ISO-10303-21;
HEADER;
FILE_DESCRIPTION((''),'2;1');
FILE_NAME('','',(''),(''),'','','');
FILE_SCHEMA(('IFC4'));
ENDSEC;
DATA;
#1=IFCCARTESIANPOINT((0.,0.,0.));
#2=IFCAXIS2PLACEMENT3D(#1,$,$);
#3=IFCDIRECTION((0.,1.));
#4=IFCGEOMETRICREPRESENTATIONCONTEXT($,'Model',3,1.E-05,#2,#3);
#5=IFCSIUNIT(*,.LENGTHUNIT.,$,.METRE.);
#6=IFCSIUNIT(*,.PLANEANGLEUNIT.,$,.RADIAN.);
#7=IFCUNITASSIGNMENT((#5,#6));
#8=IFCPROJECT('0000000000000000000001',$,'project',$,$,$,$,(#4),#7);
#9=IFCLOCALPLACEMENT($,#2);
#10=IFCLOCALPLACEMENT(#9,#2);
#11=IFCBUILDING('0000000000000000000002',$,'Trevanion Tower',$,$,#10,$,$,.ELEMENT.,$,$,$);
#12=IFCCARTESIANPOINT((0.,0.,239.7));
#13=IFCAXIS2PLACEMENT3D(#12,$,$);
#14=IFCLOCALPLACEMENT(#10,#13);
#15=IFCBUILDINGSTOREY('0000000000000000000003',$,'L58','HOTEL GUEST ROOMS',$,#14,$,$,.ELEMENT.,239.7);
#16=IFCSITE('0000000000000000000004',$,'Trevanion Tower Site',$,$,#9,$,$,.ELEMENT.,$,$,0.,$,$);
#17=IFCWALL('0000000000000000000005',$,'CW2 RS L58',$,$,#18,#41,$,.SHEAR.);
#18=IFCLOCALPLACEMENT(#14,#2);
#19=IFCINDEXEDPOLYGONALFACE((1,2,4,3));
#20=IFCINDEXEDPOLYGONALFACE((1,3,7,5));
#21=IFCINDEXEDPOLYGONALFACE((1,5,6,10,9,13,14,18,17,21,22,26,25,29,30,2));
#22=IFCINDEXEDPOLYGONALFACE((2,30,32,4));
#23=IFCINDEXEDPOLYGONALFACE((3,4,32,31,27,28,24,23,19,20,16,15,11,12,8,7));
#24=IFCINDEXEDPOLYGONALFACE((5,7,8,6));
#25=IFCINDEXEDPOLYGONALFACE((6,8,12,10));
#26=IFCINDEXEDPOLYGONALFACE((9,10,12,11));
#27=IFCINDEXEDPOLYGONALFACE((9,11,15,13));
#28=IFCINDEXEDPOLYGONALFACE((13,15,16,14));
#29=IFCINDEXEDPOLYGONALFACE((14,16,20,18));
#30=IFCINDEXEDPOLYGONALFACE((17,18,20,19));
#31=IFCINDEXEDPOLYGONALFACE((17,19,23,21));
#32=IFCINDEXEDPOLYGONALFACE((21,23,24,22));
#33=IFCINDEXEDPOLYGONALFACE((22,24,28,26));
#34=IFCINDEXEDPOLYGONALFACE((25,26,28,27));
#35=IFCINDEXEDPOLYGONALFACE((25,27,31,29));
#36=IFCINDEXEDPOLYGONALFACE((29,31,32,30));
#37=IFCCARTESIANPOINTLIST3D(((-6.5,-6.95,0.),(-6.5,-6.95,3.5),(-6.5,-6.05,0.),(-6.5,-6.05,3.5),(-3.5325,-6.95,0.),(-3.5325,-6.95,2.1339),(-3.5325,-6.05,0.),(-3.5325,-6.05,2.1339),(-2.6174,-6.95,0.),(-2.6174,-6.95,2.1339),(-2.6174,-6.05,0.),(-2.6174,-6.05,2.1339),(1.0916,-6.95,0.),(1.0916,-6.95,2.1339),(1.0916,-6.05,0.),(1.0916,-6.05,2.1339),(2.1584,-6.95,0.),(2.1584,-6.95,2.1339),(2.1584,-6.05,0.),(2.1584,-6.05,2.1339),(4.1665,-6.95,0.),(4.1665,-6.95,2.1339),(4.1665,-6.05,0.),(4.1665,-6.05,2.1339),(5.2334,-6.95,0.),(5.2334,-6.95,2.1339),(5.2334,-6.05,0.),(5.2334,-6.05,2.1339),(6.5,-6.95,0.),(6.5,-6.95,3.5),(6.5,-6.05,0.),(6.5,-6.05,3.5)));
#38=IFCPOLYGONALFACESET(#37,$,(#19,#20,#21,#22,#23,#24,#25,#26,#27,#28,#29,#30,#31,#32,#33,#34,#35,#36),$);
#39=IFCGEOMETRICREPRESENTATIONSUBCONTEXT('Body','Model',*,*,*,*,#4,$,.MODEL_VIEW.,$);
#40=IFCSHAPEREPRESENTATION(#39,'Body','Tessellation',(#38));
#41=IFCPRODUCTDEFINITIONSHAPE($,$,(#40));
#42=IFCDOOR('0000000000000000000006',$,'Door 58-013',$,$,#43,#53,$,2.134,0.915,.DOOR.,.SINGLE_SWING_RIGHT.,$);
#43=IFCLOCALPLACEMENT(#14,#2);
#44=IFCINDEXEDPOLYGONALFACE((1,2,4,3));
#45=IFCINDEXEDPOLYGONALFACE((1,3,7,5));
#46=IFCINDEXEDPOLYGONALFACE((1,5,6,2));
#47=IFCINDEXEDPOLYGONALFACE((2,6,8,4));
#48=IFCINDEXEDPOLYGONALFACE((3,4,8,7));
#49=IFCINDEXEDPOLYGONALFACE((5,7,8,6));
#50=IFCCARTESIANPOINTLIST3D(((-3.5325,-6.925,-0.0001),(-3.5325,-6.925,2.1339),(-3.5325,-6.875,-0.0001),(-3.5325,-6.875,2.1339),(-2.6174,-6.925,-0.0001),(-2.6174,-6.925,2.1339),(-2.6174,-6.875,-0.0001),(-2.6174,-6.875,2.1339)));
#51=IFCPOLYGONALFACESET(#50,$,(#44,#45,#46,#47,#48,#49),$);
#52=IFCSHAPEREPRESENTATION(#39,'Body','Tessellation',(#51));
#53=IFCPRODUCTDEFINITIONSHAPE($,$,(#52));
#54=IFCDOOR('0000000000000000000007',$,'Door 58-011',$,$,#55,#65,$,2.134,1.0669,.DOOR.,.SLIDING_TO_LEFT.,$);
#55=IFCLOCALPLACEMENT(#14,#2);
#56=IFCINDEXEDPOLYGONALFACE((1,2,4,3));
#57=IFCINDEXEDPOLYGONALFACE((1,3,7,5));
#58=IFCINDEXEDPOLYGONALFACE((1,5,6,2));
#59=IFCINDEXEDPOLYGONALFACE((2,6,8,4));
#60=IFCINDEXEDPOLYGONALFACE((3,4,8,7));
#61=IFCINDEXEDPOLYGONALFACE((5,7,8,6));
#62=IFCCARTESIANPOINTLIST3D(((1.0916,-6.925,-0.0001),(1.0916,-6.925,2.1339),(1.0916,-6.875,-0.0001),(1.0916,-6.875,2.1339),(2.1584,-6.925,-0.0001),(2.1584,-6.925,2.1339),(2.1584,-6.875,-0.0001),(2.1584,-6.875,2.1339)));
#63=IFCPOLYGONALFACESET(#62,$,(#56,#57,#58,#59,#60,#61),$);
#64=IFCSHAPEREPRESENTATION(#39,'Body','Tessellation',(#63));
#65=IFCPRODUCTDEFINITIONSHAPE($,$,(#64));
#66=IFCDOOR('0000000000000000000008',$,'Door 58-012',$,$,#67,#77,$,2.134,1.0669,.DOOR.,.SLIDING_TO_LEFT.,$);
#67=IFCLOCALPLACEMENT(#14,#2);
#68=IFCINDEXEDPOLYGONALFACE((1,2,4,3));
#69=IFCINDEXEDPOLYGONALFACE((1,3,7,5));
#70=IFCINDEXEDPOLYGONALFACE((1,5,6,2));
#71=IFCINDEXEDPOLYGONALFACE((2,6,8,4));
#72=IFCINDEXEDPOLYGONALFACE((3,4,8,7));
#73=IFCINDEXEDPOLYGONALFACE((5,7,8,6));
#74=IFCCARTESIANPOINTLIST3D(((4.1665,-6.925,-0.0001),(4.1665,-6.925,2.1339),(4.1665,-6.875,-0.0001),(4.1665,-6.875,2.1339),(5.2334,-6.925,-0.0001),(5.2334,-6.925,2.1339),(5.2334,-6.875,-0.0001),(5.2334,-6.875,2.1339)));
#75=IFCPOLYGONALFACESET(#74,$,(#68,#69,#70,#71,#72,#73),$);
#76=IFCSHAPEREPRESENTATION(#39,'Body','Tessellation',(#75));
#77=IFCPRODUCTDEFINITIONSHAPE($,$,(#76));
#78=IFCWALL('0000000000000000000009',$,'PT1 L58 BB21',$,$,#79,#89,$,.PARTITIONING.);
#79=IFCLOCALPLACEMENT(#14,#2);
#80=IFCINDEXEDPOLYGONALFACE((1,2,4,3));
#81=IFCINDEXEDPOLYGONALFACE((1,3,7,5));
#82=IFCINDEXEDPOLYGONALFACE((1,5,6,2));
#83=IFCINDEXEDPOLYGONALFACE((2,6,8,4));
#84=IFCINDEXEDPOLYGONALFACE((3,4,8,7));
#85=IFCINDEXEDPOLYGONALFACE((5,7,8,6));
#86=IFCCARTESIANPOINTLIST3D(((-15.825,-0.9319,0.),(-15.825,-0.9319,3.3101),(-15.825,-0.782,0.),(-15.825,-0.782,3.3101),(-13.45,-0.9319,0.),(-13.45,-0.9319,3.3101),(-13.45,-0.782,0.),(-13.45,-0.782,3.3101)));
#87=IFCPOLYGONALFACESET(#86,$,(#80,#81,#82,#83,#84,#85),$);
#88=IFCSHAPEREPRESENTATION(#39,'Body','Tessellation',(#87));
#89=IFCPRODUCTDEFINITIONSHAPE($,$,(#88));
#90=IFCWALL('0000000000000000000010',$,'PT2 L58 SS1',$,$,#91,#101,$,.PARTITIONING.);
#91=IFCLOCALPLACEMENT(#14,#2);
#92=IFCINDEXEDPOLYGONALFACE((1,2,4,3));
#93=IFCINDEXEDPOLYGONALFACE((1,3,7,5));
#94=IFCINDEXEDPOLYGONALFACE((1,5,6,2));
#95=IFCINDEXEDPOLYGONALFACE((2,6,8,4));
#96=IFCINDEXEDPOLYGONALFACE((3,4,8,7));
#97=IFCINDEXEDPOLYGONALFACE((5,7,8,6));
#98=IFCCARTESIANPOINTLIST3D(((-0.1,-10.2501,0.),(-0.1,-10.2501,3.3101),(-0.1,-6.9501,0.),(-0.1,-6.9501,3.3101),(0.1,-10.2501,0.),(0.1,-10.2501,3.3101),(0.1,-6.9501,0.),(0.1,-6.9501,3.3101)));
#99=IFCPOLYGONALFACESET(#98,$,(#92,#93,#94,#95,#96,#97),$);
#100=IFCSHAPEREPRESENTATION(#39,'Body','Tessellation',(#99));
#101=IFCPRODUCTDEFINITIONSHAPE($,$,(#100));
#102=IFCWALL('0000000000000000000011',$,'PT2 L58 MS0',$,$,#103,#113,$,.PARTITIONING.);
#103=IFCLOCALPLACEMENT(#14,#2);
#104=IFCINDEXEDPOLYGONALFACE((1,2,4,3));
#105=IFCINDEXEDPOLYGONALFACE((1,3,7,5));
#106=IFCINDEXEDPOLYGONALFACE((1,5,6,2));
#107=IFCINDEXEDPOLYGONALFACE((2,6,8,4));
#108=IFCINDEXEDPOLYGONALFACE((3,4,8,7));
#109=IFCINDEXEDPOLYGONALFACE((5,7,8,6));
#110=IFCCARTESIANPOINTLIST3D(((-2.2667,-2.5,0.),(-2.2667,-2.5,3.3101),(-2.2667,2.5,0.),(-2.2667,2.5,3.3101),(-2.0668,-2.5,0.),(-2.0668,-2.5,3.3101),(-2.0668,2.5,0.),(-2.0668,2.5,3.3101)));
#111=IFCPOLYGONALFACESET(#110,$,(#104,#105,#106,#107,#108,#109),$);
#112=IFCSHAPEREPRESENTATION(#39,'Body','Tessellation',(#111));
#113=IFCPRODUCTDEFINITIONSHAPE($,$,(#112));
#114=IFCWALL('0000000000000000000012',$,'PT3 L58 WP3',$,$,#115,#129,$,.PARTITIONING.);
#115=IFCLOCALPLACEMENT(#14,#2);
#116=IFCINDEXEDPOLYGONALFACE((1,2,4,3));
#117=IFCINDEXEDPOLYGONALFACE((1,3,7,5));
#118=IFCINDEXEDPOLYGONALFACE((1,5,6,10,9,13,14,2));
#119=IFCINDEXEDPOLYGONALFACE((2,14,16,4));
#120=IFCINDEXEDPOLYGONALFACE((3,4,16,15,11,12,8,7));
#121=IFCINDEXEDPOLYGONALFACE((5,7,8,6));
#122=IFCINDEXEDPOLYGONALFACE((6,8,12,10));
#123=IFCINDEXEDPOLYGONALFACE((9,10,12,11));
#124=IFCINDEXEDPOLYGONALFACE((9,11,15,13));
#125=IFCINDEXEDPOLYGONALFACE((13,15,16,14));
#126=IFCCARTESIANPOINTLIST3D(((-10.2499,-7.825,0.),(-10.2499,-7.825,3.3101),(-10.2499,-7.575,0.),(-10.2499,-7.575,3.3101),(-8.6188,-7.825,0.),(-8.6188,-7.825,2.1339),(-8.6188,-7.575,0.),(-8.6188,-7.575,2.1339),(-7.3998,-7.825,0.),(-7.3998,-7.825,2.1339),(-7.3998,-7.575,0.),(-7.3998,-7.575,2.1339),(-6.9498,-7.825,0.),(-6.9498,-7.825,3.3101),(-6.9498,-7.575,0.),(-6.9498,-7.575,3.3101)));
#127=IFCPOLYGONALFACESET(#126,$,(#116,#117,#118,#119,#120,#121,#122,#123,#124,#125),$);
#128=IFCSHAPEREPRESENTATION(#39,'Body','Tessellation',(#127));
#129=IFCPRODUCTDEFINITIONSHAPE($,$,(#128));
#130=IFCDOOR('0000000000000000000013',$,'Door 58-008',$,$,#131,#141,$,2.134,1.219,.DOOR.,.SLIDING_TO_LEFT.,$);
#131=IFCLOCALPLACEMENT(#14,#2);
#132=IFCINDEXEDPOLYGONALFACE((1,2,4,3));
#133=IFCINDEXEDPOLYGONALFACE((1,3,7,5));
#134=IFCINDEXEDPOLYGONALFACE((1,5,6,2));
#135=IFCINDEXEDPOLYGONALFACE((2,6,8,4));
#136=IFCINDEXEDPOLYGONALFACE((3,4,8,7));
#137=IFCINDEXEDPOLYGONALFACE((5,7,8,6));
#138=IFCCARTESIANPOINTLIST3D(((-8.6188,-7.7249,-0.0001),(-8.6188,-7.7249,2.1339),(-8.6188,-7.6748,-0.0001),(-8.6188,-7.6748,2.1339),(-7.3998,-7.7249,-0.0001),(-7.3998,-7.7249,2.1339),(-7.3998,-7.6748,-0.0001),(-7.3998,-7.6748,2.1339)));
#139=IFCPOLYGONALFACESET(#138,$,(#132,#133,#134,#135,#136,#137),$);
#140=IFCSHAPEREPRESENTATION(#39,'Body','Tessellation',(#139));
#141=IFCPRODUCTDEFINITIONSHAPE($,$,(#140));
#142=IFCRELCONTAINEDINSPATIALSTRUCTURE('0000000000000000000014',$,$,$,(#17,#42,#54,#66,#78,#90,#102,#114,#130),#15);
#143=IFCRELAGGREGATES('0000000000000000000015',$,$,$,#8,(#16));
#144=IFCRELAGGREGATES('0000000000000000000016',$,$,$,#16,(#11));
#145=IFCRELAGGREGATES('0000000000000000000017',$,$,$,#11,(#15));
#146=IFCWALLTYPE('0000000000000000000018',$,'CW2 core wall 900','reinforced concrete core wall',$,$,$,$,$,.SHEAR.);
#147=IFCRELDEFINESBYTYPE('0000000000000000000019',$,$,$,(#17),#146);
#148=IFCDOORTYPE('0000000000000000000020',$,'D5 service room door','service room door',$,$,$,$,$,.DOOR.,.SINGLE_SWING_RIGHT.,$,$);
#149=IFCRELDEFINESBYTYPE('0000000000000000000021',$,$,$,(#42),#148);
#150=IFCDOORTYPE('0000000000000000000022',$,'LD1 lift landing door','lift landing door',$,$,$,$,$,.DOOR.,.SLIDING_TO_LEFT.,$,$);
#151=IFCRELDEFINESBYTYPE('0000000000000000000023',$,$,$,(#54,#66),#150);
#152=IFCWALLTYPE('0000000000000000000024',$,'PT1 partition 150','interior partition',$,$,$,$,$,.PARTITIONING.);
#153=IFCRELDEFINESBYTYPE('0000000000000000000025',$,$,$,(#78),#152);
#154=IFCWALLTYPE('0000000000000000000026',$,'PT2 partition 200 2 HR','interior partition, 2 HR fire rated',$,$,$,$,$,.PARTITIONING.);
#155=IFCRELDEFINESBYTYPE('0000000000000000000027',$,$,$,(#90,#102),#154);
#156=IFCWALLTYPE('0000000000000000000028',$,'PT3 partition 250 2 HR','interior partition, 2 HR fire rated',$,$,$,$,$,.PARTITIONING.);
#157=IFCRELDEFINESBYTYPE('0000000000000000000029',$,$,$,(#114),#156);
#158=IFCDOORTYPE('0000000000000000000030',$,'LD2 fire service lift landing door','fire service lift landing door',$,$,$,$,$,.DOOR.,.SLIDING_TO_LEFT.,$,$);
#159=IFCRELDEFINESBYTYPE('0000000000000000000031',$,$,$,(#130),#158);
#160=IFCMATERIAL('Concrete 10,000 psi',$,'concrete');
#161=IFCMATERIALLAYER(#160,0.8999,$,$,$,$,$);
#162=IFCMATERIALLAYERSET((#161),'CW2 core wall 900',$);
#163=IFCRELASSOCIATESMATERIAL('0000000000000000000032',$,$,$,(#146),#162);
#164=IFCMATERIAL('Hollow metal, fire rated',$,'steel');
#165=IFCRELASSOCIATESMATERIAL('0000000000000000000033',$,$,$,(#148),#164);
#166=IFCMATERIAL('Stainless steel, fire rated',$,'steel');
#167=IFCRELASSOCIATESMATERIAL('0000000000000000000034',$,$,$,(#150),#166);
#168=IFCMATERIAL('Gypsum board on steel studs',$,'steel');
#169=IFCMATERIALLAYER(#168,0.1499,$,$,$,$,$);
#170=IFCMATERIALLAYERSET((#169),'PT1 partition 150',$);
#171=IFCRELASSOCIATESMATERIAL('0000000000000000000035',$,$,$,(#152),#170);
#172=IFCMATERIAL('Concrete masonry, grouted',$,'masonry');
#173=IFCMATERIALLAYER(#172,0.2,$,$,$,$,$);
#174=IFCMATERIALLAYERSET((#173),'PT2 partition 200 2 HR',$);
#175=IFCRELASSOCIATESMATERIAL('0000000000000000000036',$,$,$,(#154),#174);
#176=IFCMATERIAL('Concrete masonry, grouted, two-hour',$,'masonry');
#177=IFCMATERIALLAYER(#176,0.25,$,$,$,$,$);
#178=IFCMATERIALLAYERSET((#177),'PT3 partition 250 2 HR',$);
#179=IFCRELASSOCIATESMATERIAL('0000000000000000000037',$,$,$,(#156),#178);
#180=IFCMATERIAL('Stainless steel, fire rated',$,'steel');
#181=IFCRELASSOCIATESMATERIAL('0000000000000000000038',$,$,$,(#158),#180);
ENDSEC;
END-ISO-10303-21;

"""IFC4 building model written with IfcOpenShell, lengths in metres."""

from ifc_helpers import new_model, si_unit, direction, frame, frame_2d, origin, place, context, subcontext, project, spatial, rectangle, extrude, material, layer, layer_set, type_object, element, fill, save


model = new_model("IFC4")

# Units and contexts
model_context = context("Model", 3, precision=1e-05, world=origin(), true_north=direction((0.0, 1.0)))
body_context = subcontext(model_context, "Body", "Model", "MODEL_VIEW")
ifc_project = project(units=[si_unit("LENGTHUNIT", "METRE"), si_unit("PLANEANGLEUNIT", "RADIAN")], contexts=[model_context])

# Site, building, storey
site_placement = place(None, origin())
site = spatial("IfcSite", under=ifc_project, at=site_placement, Name="Trevanion Tower Site", CompositionType="ELEMENT", RefElevation=0.0)
building_placement = place(site_placement, origin())
building = spatial("IfcBuilding", under=site, at=building_placement, Name="Trevanion Tower", CompositionType="ELEMENT")
storey_placement = place(building_placement, frame((0.0, 0.0, 239.7)))
storey = spatial("IfcBuildingStorey", under=building, at=storey_placement, Name="L58", Description="HOTEL GUEST ROOMS", CompositionType="ELEMENT", Elevation=239.7)

# Shared definitions
ifc_material_1 = material(Name="Concrete 10,000 psi", Category="concrete")
ifc_layer_1 = layer(ifc_material_1, 0.8999)
ifc_layer_set_1 = layer_set([ifc_layer_1], Name="CW2 core wall 900")
wall_type_1 = type_object("IfcWallType", Name="CW2 core wall 900", Description="reinforced concrete core wall", PredefinedType="SHEAR", material=ifc_layer_set_1)

# Wall, openings, doors
wall_1_placement = place(storey_placement, frame((-6.5, -6.5, 0.0), z_axis=(0.0, 0.0, 1.0), x_axis=(1.0, 0.0, 0.0)))
wall_1 = element("IfcWall", 1, at=wall_1_placement, inside=storey, type_object=wall_type_1, Name="CW2 RS L58", PredefinedType="SHEAR", context=body_context, shape_type="SweptSolid", body=[
    extrude(rectangle(XDim=13.0, YDim=0.8999, at=frame_2d((6.5, 0.0))), origin(), (0.0, 0.0, 1.0), 3.5),
])
opening_1_placement = place(wall_1_placement, frame((7.5916, 0.0, 0.0)))
opening_1 = element("IfcOpeningElement", 2, at=opening_1_placement, cuts=wall_1, PredefinedType="OPENING", context=body_context, shape_type="SweptSolid", body=[
    extrude(rectangle(XDim=1.0669, YDim=2.134, at=frame_2d((0.5334, 1.0669))), frame((0.0, 0.46, 0.0), z_axis=(0.0, -1.0, 0.0), x_axis=(1.0, 0.0, 0.0)), (0.0, 0.0, 1.0), 0.9199),
])
opening_2_placement = place(wall_1_placement, frame((10.6665, 0.0, 0.0)))
opening_2 = element("IfcOpeningElement", 3, at=opening_2_placement, cuts=wall_1, PredefinedType="OPENING", context=body_context, shape_type="SweptSolid", body=[
    extrude(rectangle(XDim=1.0669, YDim=2.134, at=frame_2d((0.5334, 1.0669))), frame((0.0, 0.46, 0.0), z_axis=(0.0, -1.0, 0.0), x_axis=(1.0, 0.0, 0.0)), (0.0, 0.0, 1.0), 0.9199),
])
opening_3_placement = place(wall_1_placement, frame((2.9675, 0.0, 0.0)))
opening_3 = element("IfcOpeningElement", 4, at=opening_3_placement, cuts=wall_1, PredefinedType="OPENING", context=body_context, shape_type="SweptSolid", body=[
    extrude(rectangle(XDim=0.915, YDim=2.134, at=frame_2d((0.4575, 1.0669))), frame((0.0, 0.46, 0.0), z_axis=(0.0, -1.0, 0.0), x_axis=(1.0, 0.0, 0.0)), (0.0, 0.0, 1.0), 0.9199),
])
ifc_material_2 = material(Name="Hollow metal, fire rated", Category="steel")
door_type_1 = type_object("IfcDoorType", Name="D5 service room door", Description="service room door", OperationType="SINGLE_SWING_RIGHT", PredefinedType="DOOR", material=ifc_material_2)
door_1_placement = place(opening_3_placement, origin())
door_1 = element("IfcDoor", 5, at=door_1_placement, inside=storey, type_object=door_type_1, Name="Door 58-013", OperationType="SINGLE_SWING_RIGHT", OverallHeight=2.134, OverallWidth=0.915, PredefinedType="DOOR", context=body_context, shape_type="SweptSolid", body=[
    extrude(rectangle(XDim=0.915, YDim=2.134, at=frame_2d((0.4575, 1.0669))), frame((0.0, -0.375, 0.0), z_axis=(0.0, -1.0, 0.0), x_axis=(1.0, 0.0, 0.0)), (0.0, 0.0, 1.0), 0.05),
])
fill(opening_3, door_1)
ifc_material_3 = material(Name="Stainless steel, fire rated", Category="steel")
door_type_2 = type_object("IfcDoorType", Name="LD1 lift landing door", Description="lift landing door", OperationType="SLIDING_TO_LEFT", PredefinedType="DOOR", material=ifc_material_3)
door_2_placement = place(opening_1_placement, origin())
door_2 = element("IfcDoor", 6, at=door_2_placement, inside=storey, type_object=door_type_2, Name="Door 58-011", OperationType="SLIDING_TO_LEFT", OverallHeight=2.134, OverallWidth=1.0669, PredefinedType="DOOR", context=body_context, shape_type="SweptSolid", body=[
    extrude(rectangle(XDim=1.0669, YDim=2.134, at=frame_2d((0.5334, 1.0669))), frame((0.0, -0.375, 0.0), z_axis=(0.0, -1.0, 0.0), x_axis=(1.0, 0.0, 0.0)), (0.0, 0.0, 1.0), 0.05),
])
fill(opening_1, door_2)
door_3_placement = place(opening_2_placement, origin())
door_3 = element("IfcDoor", 7, at=door_3_placement, inside=storey, type_object=door_type_2, Name="Door 58-012", OperationType="SLIDING_TO_LEFT", OverallHeight=2.134, OverallWidth=1.0669, PredefinedType="DOOR", context=body_context, shape_type="SweptSolid", body=[
    extrude(rectangle(XDim=1.0669, YDim=2.134, at=frame_2d((0.5334, 1.0669))), frame((0.0, -0.375, 0.0), z_axis=(0.0, -1.0, 0.0), x_axis=(1.0, 0.0, 0.0)), (0.0, 0.0, 1.0), 0.05),
])
fill(opening_2, door_3)

# Walls
ifc_material_4 = material(Name="Gypsum board on steel studs", Category="steel")
ifc_layer_2 = layer(ifc_material_4, 0.1499)
ifc_layer_set_2 = layer_set([ifc_layer_2], Name="PT1 partition 150")
wall_type_2 = type_object("IfcWallType", Name="PT1 partition 150", Description="interior partition", PredefinedType="PARTITIONING", material=ifc_layer_set_2)
wall_2_placement = place(storey_placement, frame((-13.45, -0.8569, 0.0), z_axis=(0.0, 0.0, 1.0), x_axis=(-1.0, 0.0, 0.0)))
element("IfcWall", 8, at=wall_2_placement, inside=storey, type_object=wall_type_2, Name="PT1 L58 BB21", PredefinedType="PARTITIONING", context=body_context, shape_type="SweptSolid", body=[
    extrude(rectangle(XDim=2.375, YDim=0.1499, at=frame_2d((1.1875, 0.0))), origin(), (0.0, 0.0, 1.0), 3.3101),
])
ifc_material_5 = material(Name="Concrete masonry, grouted", Category="masonry")
ifc_layer_3 = layer(ifc_material_5, 0.2)
ifc_layer_set_3 = layer_set([ifc_layer_3], Name="PT2 partition 200 2 HR")
wall_type_3 = type_object("IfcWallType", Name="PT2 partition 200 2 HR", Description="interior partition, 2 HR fire rated", PredefinedType="PARTITIONING", material=ifc_layer_set_3)
wall_3_placement = place(storey_placement, frame((0.0, -10.25, 0.0), z_axis=(0.0, 0.0, 1.0), x_axis=(0.0, 1.0, 0.0)))
element("IfcWall", 9, at=wall_3_placement, inside=storey, type_object=wall_type_3, Name="PT2 L58 SS1", PredefinedType="PARTITIONING", context=body_context, shape_type="SweptSolid", body=[
    extrude(rectangle(XDim=3.3, YDim=0.2, at=frame_2d((1.6499, 0.0))), origin(), (0.0, 0.0, 1.0), 3.3101),
])
wall_4_placement = place(storey_placement, frame((-2.1667, -2.5, 0.0), z_axis=(0.0, 0.0, 1.0), x_axis=(0.0, 1.0, 0.0)))
element("IfcWall", 10, at=wall_4_placement, inside=storey, type_object=wall_type_3, Name="PT2 L58 MS0", PredefinedType="PARTITIONING", context=body_context, shape_type="SweptSolid", body=[
    extrude(rectangle(XDim=5.0, YDim=0.2, at=frame_2d((2.5, 0.0))), origin(), (0.0, 0.0, 1.0), 3.3101),
])

# Wall, opening, door
ifc_material_6 = material(Name="Concrete masonry, grouted, two-hour", Category="masonry")
ifc_layer_4 = layer(ifc_material_6, 0.25)
ifc_layer_set_4 = layer_set([ifc_layer_4], Name="PT3 partition 250 2 HR")
wall_type_4 = type_object("IfcWallType", Name="PT3 partition 250 2 HR", Description="interior partition, 2 HR fire rated", PredefinedType="PARTITIONING", material=ifc_layer_set_4)
wall_5_placement = place(storey_placement, frame((-6.95, -7.7, 0.0), z_axis=(0.0, 0.0, 1.0), x_axis=(-1.0, 0.0, 0.0)))
wall_5 = element("IfcWall", 11, at=wall_5_placement, inside=storey, type_object=wall_type_4, Name="PT3 L58 WP3", PredefinedType="PARTITIONING", context=body_context, shape_type="SweptSolid", body=[
    extrude(rectangle(XDim=3.3, YDim=0.25, at=frame_2d((1.6499, 0.0))), origin(), (0.0, 0.0, 1.0), 3.3101),
])
opening_4_placement = place(wall_5_placement, frame((0.45, 0.0, 0.0)))
opening_4 = element("IfcOpeningElement", 12, at=opening_4_placement, cuts=wall_5, PredefinedType="OPENING", context=body_context, shape_type="SweptSolid", body=[
    extrude(rectangle(XDim=1.219, YDim=2.134, at=frame_2d((0.6094, 1.0669))), frame((0.0, 0.135, 0.0), z_axis=(0.0, -1.0, 0.0), x_axis=(1.0, 0.0, 0.0)), (0.0, 0.0, 1.0), 0.27),
])
ifc_material_7 = material(Name="Stainless steel, fire rated", Category="steel")
door_type_3 = type_object("IfcDoorType", Name="LD2 fire service lift landing door", Description="fire service lift landing door", OperationType="SLIDING_TO_LEFT", PredefinedType="DOOR", material=ifc_material_7)
door_4_placement = place(opening_4_placement, origin())
door_4 = element("IfcDoor", 13, at=door_4_placement, inside=storey, type_object=door_type_3, Name="Door 58-008", OperationType="SLIDING_TO_LEFT", OverallHeight=2.134, OverallWidth=1.219, PredefinedType="DOOR", context=body_context, shape_type="SweptSolid", body=[
    extrude(rectangle(XDim=1.219, YDim=2.134, at=frame_2d((0.6094, 1.0669))), frame((0.0, 0.0249, 0.0), z_axis=(0.0, -1.0, 0.0), x_axis=(1.0, 0.0, 0.0)), (0.0, 0.0, 1.0), 0.05),
])
fill(opening_4, door_4)

save(model, "model.ifc")
